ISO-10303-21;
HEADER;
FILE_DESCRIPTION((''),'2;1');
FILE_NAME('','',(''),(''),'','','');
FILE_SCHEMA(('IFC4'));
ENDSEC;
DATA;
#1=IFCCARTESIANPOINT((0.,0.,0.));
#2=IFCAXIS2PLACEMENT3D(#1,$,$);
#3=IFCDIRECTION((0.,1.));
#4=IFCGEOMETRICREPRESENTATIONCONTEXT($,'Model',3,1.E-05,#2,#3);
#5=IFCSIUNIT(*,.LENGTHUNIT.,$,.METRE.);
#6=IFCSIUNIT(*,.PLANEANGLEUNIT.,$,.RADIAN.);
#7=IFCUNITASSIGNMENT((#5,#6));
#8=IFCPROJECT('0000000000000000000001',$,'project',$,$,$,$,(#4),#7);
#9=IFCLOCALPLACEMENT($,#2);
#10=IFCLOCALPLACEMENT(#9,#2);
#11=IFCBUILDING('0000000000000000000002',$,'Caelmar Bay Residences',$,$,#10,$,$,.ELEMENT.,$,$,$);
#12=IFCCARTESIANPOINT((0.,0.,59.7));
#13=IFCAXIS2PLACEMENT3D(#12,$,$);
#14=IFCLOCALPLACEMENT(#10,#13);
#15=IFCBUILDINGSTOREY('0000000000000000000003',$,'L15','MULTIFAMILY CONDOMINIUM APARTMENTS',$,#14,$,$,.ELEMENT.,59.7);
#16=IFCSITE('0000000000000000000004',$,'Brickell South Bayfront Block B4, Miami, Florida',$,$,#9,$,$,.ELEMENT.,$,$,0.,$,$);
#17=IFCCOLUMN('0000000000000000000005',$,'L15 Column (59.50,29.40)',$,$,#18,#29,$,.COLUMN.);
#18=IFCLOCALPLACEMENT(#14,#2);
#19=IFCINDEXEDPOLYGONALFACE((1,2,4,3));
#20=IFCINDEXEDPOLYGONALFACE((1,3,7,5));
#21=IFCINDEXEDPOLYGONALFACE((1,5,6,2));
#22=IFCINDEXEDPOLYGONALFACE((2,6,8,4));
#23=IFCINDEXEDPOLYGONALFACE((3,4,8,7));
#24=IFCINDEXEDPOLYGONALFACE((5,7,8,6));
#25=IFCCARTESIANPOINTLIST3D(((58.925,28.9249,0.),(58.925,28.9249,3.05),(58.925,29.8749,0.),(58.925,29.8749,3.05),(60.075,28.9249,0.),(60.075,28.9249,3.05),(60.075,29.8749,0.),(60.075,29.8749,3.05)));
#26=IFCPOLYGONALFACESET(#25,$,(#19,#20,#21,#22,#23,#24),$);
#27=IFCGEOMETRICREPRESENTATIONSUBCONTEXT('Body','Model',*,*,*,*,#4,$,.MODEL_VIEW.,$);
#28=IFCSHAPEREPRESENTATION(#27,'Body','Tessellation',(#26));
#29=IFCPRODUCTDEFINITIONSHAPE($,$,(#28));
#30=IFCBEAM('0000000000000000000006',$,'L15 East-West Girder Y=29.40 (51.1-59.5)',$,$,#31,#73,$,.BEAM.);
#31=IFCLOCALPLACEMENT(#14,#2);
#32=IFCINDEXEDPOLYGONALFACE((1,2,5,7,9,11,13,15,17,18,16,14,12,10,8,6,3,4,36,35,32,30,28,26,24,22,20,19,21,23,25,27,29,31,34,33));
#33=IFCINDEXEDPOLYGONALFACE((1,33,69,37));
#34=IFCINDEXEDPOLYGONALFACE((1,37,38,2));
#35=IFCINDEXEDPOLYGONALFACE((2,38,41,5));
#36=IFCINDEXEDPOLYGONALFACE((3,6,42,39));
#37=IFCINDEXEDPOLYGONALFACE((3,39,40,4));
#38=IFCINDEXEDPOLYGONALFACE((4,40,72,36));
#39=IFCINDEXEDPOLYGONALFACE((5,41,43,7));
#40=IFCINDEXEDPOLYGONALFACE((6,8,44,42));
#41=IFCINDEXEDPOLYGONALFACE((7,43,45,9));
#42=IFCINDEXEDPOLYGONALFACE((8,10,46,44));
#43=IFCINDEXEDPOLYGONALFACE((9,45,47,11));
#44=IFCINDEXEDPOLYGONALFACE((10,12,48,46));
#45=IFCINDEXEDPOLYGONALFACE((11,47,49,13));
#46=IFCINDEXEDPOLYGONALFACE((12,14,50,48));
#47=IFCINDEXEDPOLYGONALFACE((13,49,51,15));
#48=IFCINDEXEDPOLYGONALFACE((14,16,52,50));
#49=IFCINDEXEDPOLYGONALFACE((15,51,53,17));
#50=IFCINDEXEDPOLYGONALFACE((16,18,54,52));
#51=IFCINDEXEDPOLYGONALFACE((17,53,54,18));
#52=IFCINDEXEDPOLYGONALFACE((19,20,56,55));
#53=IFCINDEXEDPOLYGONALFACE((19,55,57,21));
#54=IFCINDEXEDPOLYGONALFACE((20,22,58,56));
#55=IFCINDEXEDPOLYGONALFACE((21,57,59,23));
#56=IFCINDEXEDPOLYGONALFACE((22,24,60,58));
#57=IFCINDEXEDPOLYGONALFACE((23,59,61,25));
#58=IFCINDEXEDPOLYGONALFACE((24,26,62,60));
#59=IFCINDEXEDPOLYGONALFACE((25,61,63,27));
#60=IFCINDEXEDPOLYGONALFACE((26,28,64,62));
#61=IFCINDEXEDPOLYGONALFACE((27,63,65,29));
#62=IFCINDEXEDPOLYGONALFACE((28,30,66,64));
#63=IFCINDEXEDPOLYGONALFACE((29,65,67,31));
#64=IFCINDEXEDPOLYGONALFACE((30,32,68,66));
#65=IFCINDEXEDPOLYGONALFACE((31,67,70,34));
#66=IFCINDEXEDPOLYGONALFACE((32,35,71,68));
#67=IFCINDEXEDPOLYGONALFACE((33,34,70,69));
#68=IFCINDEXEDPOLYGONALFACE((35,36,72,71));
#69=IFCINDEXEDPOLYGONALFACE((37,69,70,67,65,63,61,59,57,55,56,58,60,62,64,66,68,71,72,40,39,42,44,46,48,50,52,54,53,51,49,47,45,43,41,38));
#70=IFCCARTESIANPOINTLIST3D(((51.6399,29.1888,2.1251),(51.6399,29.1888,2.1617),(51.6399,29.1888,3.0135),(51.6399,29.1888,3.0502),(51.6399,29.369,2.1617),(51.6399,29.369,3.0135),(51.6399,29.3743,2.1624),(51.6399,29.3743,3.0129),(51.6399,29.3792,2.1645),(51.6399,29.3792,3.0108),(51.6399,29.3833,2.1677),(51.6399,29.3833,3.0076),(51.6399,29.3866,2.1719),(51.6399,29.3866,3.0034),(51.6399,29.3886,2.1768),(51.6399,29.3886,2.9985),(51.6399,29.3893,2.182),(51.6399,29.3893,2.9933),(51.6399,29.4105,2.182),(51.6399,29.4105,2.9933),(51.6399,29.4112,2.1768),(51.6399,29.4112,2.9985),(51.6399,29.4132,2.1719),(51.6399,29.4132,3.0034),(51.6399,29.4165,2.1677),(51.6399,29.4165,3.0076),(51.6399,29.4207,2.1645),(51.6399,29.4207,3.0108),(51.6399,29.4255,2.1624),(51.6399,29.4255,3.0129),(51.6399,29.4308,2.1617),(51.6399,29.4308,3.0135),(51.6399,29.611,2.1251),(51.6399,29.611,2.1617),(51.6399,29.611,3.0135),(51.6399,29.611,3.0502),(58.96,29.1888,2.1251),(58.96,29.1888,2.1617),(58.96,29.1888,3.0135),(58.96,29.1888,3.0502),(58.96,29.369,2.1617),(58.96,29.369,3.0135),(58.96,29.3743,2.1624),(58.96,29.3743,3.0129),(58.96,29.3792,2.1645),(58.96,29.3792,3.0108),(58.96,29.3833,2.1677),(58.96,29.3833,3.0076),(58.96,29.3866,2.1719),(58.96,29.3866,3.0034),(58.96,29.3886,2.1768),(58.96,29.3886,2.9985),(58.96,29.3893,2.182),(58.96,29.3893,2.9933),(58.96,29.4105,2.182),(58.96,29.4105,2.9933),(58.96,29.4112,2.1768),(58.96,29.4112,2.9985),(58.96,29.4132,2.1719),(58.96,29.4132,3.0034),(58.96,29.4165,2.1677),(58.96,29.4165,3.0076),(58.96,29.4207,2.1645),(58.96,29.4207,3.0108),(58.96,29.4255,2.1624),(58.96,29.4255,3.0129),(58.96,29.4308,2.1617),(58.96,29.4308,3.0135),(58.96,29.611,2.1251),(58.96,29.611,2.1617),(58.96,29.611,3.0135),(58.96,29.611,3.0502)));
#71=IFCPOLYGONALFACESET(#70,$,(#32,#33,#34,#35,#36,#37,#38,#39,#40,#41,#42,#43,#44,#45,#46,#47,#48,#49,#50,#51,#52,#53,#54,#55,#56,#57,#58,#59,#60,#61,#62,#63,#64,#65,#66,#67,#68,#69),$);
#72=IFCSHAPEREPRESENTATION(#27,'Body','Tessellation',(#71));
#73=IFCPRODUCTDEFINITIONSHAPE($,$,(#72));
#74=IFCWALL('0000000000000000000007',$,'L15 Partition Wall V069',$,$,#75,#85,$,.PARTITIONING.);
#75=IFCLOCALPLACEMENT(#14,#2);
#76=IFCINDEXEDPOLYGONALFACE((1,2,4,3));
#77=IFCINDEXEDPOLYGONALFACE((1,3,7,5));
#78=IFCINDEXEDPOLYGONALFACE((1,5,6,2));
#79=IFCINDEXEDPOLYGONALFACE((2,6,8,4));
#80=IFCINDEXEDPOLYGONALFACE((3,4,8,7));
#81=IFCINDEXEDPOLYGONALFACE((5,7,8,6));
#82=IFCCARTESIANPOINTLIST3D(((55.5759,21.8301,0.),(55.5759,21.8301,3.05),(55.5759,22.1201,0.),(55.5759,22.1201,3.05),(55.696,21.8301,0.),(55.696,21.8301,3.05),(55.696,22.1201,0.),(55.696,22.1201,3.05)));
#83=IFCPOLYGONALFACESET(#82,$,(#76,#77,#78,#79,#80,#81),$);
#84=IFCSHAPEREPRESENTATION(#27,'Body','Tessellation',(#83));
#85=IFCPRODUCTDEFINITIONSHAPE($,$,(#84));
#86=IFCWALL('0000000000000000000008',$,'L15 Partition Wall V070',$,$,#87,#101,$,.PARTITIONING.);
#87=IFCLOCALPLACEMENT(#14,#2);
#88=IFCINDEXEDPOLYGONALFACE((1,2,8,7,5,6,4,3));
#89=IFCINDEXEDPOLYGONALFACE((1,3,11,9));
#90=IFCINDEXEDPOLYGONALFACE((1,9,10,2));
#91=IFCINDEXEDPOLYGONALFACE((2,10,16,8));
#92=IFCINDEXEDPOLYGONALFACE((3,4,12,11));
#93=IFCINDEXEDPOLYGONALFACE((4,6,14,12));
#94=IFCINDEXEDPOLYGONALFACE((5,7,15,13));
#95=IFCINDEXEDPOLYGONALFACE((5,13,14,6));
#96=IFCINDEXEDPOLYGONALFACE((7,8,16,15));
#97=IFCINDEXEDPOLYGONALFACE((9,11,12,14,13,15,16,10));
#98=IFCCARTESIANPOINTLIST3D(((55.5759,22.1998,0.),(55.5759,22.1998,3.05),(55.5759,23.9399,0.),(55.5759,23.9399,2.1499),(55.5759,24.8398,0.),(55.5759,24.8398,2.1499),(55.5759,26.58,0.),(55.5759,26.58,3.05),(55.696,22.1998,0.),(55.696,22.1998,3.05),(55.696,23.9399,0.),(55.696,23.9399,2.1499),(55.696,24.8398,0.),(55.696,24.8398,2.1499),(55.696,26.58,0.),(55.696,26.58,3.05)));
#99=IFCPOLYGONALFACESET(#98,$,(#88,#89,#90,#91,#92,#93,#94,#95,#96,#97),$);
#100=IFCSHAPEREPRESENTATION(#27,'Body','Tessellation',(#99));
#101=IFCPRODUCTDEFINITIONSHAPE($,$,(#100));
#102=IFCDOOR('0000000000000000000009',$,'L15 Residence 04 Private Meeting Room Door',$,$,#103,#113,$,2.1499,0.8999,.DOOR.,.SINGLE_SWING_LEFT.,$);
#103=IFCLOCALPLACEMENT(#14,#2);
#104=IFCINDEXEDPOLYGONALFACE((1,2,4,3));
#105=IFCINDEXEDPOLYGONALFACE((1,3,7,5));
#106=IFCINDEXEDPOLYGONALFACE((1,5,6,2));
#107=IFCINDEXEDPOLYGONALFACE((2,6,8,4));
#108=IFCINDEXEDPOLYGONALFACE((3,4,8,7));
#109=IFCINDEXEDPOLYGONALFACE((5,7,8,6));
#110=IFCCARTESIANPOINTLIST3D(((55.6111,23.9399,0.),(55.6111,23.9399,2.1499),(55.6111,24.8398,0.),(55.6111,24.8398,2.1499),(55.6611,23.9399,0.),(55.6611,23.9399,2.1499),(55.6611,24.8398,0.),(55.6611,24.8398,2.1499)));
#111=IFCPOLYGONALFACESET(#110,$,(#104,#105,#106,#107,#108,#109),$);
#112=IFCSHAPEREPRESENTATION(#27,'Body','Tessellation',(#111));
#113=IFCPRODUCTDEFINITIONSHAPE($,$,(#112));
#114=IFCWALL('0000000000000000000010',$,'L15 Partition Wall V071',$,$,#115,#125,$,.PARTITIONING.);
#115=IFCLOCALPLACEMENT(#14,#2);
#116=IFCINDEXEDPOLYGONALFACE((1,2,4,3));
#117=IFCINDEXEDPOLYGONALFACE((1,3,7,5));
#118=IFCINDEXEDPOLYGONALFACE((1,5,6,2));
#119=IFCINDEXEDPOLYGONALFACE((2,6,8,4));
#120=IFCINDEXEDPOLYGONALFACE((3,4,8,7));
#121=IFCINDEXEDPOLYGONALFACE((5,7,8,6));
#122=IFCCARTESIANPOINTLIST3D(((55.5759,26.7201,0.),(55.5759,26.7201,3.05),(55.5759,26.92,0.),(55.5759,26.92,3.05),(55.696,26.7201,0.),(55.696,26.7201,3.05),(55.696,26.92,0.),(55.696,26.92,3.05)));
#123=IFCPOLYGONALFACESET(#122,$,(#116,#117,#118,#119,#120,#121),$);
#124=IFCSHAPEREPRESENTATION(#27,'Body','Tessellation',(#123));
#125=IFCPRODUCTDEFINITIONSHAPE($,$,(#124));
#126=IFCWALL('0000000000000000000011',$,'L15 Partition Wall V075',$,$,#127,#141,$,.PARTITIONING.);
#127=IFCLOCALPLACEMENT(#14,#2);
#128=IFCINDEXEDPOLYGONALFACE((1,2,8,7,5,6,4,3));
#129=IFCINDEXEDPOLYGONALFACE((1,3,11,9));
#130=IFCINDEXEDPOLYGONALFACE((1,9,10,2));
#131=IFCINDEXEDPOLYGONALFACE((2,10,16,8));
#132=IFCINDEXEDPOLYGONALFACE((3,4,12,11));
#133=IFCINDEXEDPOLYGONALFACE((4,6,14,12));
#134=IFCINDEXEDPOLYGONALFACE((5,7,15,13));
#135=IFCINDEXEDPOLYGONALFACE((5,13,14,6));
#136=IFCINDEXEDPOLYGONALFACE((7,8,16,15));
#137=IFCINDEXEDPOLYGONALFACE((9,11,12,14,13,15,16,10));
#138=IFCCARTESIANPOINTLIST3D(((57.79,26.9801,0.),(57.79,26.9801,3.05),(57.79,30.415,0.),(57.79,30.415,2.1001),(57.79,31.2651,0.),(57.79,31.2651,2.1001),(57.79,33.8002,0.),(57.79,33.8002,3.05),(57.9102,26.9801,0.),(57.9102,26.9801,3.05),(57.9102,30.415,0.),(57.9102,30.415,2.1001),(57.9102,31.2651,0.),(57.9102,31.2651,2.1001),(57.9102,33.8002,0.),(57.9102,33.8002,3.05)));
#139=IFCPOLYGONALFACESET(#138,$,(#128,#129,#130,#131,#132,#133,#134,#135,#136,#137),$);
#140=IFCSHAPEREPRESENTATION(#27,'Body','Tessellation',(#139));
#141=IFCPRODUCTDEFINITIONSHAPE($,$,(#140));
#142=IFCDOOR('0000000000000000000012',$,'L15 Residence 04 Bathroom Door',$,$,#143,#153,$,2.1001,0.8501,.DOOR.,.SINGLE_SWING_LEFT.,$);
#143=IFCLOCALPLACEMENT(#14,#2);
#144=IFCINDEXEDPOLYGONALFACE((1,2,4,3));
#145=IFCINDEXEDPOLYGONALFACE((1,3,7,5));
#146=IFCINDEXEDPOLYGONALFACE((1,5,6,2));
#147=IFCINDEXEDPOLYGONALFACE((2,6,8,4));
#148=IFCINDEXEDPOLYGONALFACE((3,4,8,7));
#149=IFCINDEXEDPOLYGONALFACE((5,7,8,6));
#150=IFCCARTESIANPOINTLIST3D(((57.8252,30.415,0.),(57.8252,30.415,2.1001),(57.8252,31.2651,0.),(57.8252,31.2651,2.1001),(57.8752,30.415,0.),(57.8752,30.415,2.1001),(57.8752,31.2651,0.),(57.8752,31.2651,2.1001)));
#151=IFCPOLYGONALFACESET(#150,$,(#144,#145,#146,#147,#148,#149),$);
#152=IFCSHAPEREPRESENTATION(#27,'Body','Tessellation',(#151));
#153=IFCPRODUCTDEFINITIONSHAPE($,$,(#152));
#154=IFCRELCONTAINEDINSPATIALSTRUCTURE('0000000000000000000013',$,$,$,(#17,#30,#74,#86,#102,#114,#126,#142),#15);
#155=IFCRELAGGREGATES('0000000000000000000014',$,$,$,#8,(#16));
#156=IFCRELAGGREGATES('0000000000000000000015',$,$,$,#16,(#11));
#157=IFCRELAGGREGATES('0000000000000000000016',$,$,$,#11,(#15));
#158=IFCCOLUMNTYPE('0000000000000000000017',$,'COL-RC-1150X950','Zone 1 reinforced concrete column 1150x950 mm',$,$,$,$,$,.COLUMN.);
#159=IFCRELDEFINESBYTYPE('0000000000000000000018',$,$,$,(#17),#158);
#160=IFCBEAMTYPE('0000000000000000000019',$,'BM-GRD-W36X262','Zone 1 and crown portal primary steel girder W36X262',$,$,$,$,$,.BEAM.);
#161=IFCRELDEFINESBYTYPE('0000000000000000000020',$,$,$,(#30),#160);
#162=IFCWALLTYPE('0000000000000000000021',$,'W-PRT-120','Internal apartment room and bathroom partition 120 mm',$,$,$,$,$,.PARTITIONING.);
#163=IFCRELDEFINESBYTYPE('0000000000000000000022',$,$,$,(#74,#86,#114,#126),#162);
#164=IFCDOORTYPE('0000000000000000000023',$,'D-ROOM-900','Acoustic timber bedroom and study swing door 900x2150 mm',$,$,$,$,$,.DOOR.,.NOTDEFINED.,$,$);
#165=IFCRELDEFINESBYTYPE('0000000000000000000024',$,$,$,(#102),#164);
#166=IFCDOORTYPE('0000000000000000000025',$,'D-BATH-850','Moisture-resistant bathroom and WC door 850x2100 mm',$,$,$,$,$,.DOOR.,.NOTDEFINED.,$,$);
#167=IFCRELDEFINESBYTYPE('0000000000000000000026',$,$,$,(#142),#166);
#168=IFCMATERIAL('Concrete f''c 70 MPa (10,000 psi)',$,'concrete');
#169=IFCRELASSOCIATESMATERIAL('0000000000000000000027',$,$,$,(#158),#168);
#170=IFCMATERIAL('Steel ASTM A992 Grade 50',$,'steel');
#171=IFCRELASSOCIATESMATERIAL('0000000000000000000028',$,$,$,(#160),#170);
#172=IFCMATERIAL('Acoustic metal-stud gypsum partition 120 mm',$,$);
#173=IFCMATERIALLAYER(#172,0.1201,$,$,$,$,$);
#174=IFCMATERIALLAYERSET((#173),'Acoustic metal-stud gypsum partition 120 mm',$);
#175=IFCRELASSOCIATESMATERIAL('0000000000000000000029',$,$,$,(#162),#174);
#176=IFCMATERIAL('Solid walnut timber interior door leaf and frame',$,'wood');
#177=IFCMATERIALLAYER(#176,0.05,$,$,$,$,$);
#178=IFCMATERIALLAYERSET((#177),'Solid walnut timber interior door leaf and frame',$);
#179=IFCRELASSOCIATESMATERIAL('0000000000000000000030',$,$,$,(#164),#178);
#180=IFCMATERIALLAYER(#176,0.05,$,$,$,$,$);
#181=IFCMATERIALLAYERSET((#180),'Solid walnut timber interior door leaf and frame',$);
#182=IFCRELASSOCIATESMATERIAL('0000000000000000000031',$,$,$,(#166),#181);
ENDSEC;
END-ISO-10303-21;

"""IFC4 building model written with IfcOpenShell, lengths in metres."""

from ifc_helpers import new_model, si_unit, direction, frame, frame_2d, origin, origin_2d, place, context, subcontext, project, spatial, rectangle, i_section, extrude, material, layer, layer_set, material_profile, profile_set, type_object, element, fill, save


model = new_model("IFC4")

# Units and contexts
model_context = context("Model", 3, precision=1e-05, world=origin(), true_north=direction((0.0, 1.0)))
body_context = subcontext(model_context, "Body", "Model", "MODEL_VIEW")
ifc_project = project(units=[si_unit("LENGTHUNIT", "METRE"), si_unit("PLANEANGLEUNIT", "RADIAN")], contexts=[model_context])

# Site, building, storey
site_placement = place(None, origin())
site = spatial("IfcSite", under=ifc_project, at=site_placement, Name="Brickell South Bayfront Block B4, Miami, Florida", CompositionType="ELEMENT", RefElevation=0.0)
building_placement = place(site_placement, origin())
building = spatial("IfcBuilding", under=site, at=building_placement, Name="Caelmar Bay Residences", CompositionType="ELEMENT")
storey_placement = place(building_placement, frame((0.0, 0.0, 59.7)))
storey = spatial("IfcBuildingStorey", under=building, at=storey_placement, Name="L15", Description="MULTIFAMILY CONDOMINIUM APARTMENTS", CompositionType="ELEMENT", Elevation=59.7)

# Column
ifc_material_1 = material(Name="Concrete f'c 70 MPa (10,000 psi)", Category="concrete")
ifc_material_profile_1 = material_profile(ifc_material_1, rectangle(XDim=1.1499, YDim=0.95, at=origin_2d()), Name="RC-COL-1150X950")
ifc_profile_set_1 = profile_set([ifc_material_profile_1], Name="Concrete f'c 70 MPa (10,000 psi)")
column_type = type_object("IfcColumnType", Name="COL-RC-1150X950", Description="Zone 1 reinforced concrete column 1150x950 mm", PredefinedType="COLUMN", material=ifc_profile_set_1)
column_placement = place(storey_placement, frame((59.5, 29.3999, 0.0), z_axis=(0.0, 0.0, 1.0), x_axis=(1.0, 0.0, 0.0)))
element("IfcColumn", 1, at=column_placement, inside=storey, type_object=column_type, Name="L15 Column (59.50,29.40)", PredefinedType="COLUMN", context=body_context, shape_type="SweptSolid", body=[
    extrude(rectangle(XDim=1.1499, YDim=0.95, at=origin_2d()), origin(), (0.0, 0.0, 1.0), 3.05),
])

# Beam
ifc_material_2 = material(Name="Steel ASTM A992 Grade 50", Category="steel")
ifc_material_profile_2 = material_profile(ifc_material_2, i_section(OverallWidth=0.4221, OverallDepth=0.925, WebThickness=0.0212, FlangeThickness=0.0366, FilletRadius=0.0203, at=origin_2d()), Name="W36X262")
ifc_profile_set_2 = profile_set([ifc_material_profile_2], Name="Steel ASTM A992 Grade 50")
beam_type = type_object("IfcBeamType", Name="BM-GRD-W36X262", Description="Zone 1 and crown portal primary steel girder W36X262", PredefinedType="BEAM", material=ifc_profile_set_2)
beam_placement = place(storey_placement, frame((51.6399, 29.3999, 2.5876), z_axis=(1.0, 0.0, 0.0), x_axis=(0.0, 1.0, 0.0)))
element("IfcBeam", 2, at=beam_placement, inside=storey, type_object=beam_type, Name="L15 East-West Girder Y=29.40 (51.1-59.5)", PredefinedType="BEAM", context=body_context, shape_type="SweptSolid", body=[
    extrude(i_section(OverallWidth=0.4221, OverallDepth=0.925, WebThickness=0.0212, FlangeThickness=0.0366, FilletRadius=0.0203, at=origin_2d()), origin(), (0.0, 0.0, 1.0), 7.3201),
])

# Wall
ifc_material_3 = material(Name="Acoustic metal-stud gypsum partition 120 mm")
ifc_layer_1 = layer(ifc_material_3, 0.1201)
ifc_layer_set_1 = layer_set([ifc_layer_1], Name="Acoustic metal-stud gypsum partition 120 mm")
wall_type_1 = type_object("IfcWallType", Name="W-PRT-120", Description="Internal apartment room and bathroom partition 120 mm", PredefinedType="PARTITIONING", material=ifc_layer_set_1)
wall_1_placement = place(storey_placement, frame((55.636, 21.8301, 0.0), z_axis=(0.0, 0.0, 1.0), x_axis=(0.0, 1.0, 0.0)))
element("IfcWall", 3, at=wall_1_placement, inside=storey, type_object=wall_type_1, Name="L15 Partition Wall V069", PredefinedType="PARTITIONING", context=body_context, shape_type="SweptSolid", body=[
    extrude(rectangle(XDim=0.29, YDim=0.1201, at=frame_2d((0.145, 0.0))), origin(), (0.0, 0.0, 1.0), 3.05),
])

# Wall, opening, door
wall_2_placement = place(storey_placement, frame((55.636, 22.2, 0.0), z_axis=(0.0, 0.0, 1.0), x_axis=(0.0, 1.0, 0.0)))
wall_2 = element("IfcWall", 4, at=wall_2_placement, inside=storey, type_object=wall_type_1, Name="L15 Partition Wall V070", PredefinedType="PARTITIONING", context=body_context, shape_type="SweptSolid", body=[
    extrude(rectangle(XDim=4.3801, YDim=0.1201, at=frame_2d((2.1899, 0.0))), origin(), (0.0, 0.0, 1.0), 3.05),
])
opening_1_placement = place(wall_2_placement, frame((1.74, 0.0, 0.0)))
opening_1 = element("IfcOpeningElement", 5, at=opening_1_placement, cuts=wall_2, PredefinedType="OPENING", context=body_context, shape_type="SweptSolid", body=[
    extrude(rectangle(XDim=0.8999, YDim=2.1499, at=frame_2d((0.45, 1.075))), frame((0.0, 0.0701, 0.0), z_axis=(0.0, -1.0, 0.0), x_axis=(1.0, 0.0, 0.0)), (0.0, 0.0, 1.0), 0.1401),
])
ifc_material_4 = material(Name="Solid walnut timber interior door leaf and frame", Category="wood")
ifc_layer_2 = layer(ifc_material_4, 0.05)
ifc_layer_set_2 = layer_set([ifc_layer_2], Name="Solid walnut timber interior door leaf and frame")
door_type_1 = type_object("IfcDoorType", Name="D-ROOM-900", Description="Acoustic timber bedroom and study swing door 900x2150 mm", OperationType="NOTDEFINED", PredefinedType="DOOR", material=ifc_layer_set_2)
door_1_placement = place(opening_1_placement, origin())
door_1 = element("IfcDoor", 6, at=door_1_placement, inside=storey, type_object=door_type_1, Name="L15 Residence 04 Private Meeting Room Door", OperationType="SINGLE_SWING_LEFT", OverallHeight=2.1499, OverallWidth=0.8999, PredefinedType="DOOR", context=body_context, shape_type="SweptSolid", body=[
    extrude(rectangle(XDim=0.8999, YDim=2.1499, at=frame_2d((0.45, 1.075))), frame((0.0, 0.0249, 0.0), z_axis=(0.0, -1.0, 0.0), x_axis=(1.0, 0.0, 0.0)), (0.0, 0.0, 1.0), 0.05),
])
fill(opening_1, door_1)

# Wall
wall_3_placement = place(storey_placement, frame((55.636, 26.72, 0.0), z_axis=(0.0, 0.0, 1.0), x_axis=(0.0, 1.0, 0.0)))
element("IfcWall", 7, at=wall_3_placement, inside=storey, type_object=wall_type_1, Name="L15 Partition Wall V071", PredefinedType="PARTITIONING", context=body_context, shape_type="SweptSolid", body=[
    extrude(rectangle(XDim=0.2, YDim=0.1201, at=frame_2d((0.1001, 0.0))), origin(), (0.0, 0.0, 1.0), 3.05),
])

# Wall, opening, door
wall_4_placement = place(storey_placement, frame((57.8501, 26.98, 0.0), z_axis=(0.0, 0.0, 1.0), x_axis=(0.0, 1.0, 0.0)))
wall_4 = element("IfcWall", 8, at=wall_4_placement, inside=storey, type_object=wall_type_1, Name="L15 Partition Wall V075", PredefinedType="PARTITIONING", context=body_context, shape_type="SweptSolid", body=[
    extrude(rectangle(XDim=6.8201, YDim=0.1201, at=frame_2d((3.4102, 0.0))), origin(), (0.0, 0.0, 1.0), 3.05),
])
opening_2_placement = place(wall_4_placement, frame((3.4351, 0.0, 0.0)))
opening_2 = element("IfcOpeningElement", 9, at=opening_2_placement, cuts=wall_4, PredefinedType="OPENING", context=body_context, shape_type="SweptSolid", body=[
    extrude(rectangle(XDim=0.8501, YDim=2.1001, at=frame_2d((0.425, 1.05))), frame((0.0, 0.0701, 0.0), z_axis=(0.0, -1.0, 0.0), x_axis=(1.0, 0.0, 0.0)), (0.0, 0.0, 1.0), 0.1401),
])
ifc_layer_3 = layer(ifc_material_4, 0.05)
ifc_layer_set_3 = layer_set([ifc_layer_3], Name="Solid walnut timber interior door leaf and frame")
door_type_2 = type_object("IfcDoorType", Name="D-BATH-850", Description="Moisture-resistant bathroom and WC door 850x2100 mm", OperationType="NOTDEFINED", PredefinedType="DOOR", material=ifc_layer_set_3)
door_2_placement = place(opening_2_placement, origin())
door_2 = element("IfcDoor", 10, at=door_2_placement, inside=storey, type_object=door_type_2, Name="L15 Residence 04 Bathroom Door", OperationType="SINGLE_SWING_LEFT", OverallHeight=2.1001, OverallWidth=0.8501, PredefinedType="DOOR", context=body_context, shape_type="SweptSolid", body=[
    extrude(rectangle(XDim=0.8501, YDim=2.1001, at=frame_2d((0.425, 1.05))), frame((0.0, 0.0249, 0.0), z_axis=(0.0, -1.0, 0.0), x_axis=(1.0, 0.0, 0.0)), (0.0, 0.0, 1.0), 0.05),
])
fill(opening_2, door_2)

save(model, "model.ifc")
